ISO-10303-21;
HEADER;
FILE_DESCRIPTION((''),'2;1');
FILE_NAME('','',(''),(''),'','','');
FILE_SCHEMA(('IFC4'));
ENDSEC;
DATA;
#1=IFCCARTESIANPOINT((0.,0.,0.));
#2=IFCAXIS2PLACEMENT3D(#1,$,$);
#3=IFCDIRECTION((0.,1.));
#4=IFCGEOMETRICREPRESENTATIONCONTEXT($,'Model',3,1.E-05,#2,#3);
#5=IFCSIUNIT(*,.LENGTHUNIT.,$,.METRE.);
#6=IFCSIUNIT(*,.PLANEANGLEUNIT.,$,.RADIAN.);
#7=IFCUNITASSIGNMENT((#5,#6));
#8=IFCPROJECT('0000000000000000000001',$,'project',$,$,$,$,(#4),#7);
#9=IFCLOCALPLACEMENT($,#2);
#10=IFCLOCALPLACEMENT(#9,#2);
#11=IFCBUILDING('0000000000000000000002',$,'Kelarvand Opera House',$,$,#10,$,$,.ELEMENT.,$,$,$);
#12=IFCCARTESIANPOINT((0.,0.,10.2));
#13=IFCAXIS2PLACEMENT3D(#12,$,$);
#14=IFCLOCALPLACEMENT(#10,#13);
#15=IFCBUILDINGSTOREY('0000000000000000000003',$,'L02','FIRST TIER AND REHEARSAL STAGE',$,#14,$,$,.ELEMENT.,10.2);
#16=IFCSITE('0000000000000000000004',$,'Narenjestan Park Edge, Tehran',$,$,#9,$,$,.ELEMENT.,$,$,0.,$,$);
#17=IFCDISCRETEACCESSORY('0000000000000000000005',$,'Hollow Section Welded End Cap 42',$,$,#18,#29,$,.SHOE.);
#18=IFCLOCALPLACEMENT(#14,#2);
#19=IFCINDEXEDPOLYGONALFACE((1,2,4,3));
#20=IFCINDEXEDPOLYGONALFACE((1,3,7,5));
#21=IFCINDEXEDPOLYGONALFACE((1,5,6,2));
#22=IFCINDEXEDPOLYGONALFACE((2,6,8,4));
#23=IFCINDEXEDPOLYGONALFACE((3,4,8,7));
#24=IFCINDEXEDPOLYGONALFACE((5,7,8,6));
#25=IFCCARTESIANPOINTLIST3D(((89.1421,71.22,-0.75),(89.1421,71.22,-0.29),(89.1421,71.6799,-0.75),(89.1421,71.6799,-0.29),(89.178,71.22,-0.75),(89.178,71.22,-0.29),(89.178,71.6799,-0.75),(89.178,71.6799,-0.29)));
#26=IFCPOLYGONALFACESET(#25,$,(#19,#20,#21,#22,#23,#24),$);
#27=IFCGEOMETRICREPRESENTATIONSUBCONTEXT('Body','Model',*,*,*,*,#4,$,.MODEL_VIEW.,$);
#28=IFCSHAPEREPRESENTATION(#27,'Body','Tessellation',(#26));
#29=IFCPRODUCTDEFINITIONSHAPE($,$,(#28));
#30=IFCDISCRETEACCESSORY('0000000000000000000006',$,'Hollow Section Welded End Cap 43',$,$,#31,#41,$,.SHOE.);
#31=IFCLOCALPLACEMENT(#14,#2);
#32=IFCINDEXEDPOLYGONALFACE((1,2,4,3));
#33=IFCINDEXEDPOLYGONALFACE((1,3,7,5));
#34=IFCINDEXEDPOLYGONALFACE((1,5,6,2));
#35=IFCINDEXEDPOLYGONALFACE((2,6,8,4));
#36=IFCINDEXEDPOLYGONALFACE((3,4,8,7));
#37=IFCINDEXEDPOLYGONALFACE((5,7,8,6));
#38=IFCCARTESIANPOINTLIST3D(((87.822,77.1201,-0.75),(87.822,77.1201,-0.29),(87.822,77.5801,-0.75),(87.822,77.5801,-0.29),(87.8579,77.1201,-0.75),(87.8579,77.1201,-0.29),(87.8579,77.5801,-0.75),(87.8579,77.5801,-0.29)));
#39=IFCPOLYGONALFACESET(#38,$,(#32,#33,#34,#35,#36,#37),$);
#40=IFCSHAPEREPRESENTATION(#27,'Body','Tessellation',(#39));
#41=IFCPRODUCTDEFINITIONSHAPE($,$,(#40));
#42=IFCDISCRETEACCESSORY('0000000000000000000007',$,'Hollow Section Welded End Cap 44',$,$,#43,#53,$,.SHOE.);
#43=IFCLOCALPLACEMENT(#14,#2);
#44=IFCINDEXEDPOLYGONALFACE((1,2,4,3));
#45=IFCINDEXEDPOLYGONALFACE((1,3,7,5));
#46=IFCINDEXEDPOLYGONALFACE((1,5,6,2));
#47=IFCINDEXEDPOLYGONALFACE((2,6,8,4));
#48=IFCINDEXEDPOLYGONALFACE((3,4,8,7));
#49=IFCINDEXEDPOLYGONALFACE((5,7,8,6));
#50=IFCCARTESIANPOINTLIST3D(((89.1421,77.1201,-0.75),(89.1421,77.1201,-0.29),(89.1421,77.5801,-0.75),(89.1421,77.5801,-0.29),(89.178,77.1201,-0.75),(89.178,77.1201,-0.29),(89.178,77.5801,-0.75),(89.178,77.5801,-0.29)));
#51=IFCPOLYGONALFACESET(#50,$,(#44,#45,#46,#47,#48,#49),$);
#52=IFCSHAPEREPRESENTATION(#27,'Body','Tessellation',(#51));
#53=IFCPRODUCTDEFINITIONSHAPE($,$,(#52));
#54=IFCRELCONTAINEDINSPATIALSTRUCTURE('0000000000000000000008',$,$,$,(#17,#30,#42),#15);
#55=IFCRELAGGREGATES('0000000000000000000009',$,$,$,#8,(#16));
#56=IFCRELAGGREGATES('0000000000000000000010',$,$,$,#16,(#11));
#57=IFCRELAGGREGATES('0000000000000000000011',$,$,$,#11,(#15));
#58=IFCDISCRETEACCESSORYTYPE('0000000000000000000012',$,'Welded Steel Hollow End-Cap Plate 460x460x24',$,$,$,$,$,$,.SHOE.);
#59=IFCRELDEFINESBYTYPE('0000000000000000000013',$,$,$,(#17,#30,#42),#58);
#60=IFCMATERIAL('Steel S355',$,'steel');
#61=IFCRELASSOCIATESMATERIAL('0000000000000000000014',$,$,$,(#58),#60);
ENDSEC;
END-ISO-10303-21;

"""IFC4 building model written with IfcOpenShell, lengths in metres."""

from ifc_helpers import new_model, si_unit, direction, frame, origin, origin_2d, place, context, subcontext, project, spatial, rectangle, extrude, material, material_profile, profile_set, type_object, element, save


model = new_model("IFC4")

# Units and contexts
model_context = context("Model", 3, precision=1e-05, world=origin(), true_north=direction((0.0, 1.0)))
body_context = subcontext(model_context, "Body", "Model", "MODEL_VIEW")
ifc_project = project(units=[si_unit("LENGTHUNIT", "METRE"), si_unit("PLANEANGLEUNIT", "RADIAN")], contexts=[model_context])

# Site, building, storey
site_placement = place(None, origin())
site = spatial("IfcSite", under=ifc_project, at=site_placement, Name="Narenjestan Park Edge, Tehran", CompositionType="ELEMENT", RefElevation=0.0)
building_placement = place(site_placement, origin())
building = spatial("IfcBuilding", under=site, at=building_placement, Name="Kelarvand Opera House", CompositionType="ELEMENT")
storey_placement = place(building_placement, frame((0.0, 0.0, 10.2)))
storey = spatial("IfcBuildingStorey", under=building, at=storey_placement, Name="L02", Description="FIRST TIER AND REHEARSAL STAGE", CompositionType="ELEMENT", Elevation=10.2)

# Shared definitions
ifc_material_1 = material(Name="Steel S355", Category="steel")

# Discrete accessories
ifc_material_profile_1 = material_profile(ifc_material_1, rectangle(XDim=0.46, YDim=0.46, at=origin_2d()), Name="Welded Steel Hollow End-Cap Plate 460x460x24", Category="steel")
ifc_profile_set_1 = profile_set([ifc_material_profile_1], Name="Steel S355")
discrete_accessory_type_1 = type_object("IfcDiscreteAccessoryType", Name="Welded Steel Hollow End-Cap Plate 460x460x24", PredefinedType="SHOE", material=ifc_profile_set_1)
for number, where, z_axis, x_axis, name in (
    (1, (89.1421, 71.45, -0.52), (1.0, 0.0, 0.0), (0.0, 1.0, 0.0), "Hollow Section Welded End Cap 42"),
    (2, (87.8579, 77.3501, -0.52), (-1.0, 0.0, 0.0), (0.0, -1.0, 0.0), "Hollow Section Welded End Cap 43"),
    (3, (89.1421, 77.3501, -0.52), (1.0, 0.0, 0.0), (0.0, 1.0, 0.0), "Hollow Section Welded End Cap 44"),
):
    element("IfcDiscreteAccessory", number, at=place(storey_placement, frame(where, z_axis=z_axis, x_axis=x_axis)), inside=storey, type_object=discrete_accessory_type_1, Name=name, PredefinedType="SHOE", context=body_context, shape_type="SweptSolid", body=[
        extrude(rectangle(XDim=0.46, YDim=0.46, at=origin_2d()), origin(), (0.0, 0.0, 1.0), 0.0359),
    ])

save(model, "model.ifc")
